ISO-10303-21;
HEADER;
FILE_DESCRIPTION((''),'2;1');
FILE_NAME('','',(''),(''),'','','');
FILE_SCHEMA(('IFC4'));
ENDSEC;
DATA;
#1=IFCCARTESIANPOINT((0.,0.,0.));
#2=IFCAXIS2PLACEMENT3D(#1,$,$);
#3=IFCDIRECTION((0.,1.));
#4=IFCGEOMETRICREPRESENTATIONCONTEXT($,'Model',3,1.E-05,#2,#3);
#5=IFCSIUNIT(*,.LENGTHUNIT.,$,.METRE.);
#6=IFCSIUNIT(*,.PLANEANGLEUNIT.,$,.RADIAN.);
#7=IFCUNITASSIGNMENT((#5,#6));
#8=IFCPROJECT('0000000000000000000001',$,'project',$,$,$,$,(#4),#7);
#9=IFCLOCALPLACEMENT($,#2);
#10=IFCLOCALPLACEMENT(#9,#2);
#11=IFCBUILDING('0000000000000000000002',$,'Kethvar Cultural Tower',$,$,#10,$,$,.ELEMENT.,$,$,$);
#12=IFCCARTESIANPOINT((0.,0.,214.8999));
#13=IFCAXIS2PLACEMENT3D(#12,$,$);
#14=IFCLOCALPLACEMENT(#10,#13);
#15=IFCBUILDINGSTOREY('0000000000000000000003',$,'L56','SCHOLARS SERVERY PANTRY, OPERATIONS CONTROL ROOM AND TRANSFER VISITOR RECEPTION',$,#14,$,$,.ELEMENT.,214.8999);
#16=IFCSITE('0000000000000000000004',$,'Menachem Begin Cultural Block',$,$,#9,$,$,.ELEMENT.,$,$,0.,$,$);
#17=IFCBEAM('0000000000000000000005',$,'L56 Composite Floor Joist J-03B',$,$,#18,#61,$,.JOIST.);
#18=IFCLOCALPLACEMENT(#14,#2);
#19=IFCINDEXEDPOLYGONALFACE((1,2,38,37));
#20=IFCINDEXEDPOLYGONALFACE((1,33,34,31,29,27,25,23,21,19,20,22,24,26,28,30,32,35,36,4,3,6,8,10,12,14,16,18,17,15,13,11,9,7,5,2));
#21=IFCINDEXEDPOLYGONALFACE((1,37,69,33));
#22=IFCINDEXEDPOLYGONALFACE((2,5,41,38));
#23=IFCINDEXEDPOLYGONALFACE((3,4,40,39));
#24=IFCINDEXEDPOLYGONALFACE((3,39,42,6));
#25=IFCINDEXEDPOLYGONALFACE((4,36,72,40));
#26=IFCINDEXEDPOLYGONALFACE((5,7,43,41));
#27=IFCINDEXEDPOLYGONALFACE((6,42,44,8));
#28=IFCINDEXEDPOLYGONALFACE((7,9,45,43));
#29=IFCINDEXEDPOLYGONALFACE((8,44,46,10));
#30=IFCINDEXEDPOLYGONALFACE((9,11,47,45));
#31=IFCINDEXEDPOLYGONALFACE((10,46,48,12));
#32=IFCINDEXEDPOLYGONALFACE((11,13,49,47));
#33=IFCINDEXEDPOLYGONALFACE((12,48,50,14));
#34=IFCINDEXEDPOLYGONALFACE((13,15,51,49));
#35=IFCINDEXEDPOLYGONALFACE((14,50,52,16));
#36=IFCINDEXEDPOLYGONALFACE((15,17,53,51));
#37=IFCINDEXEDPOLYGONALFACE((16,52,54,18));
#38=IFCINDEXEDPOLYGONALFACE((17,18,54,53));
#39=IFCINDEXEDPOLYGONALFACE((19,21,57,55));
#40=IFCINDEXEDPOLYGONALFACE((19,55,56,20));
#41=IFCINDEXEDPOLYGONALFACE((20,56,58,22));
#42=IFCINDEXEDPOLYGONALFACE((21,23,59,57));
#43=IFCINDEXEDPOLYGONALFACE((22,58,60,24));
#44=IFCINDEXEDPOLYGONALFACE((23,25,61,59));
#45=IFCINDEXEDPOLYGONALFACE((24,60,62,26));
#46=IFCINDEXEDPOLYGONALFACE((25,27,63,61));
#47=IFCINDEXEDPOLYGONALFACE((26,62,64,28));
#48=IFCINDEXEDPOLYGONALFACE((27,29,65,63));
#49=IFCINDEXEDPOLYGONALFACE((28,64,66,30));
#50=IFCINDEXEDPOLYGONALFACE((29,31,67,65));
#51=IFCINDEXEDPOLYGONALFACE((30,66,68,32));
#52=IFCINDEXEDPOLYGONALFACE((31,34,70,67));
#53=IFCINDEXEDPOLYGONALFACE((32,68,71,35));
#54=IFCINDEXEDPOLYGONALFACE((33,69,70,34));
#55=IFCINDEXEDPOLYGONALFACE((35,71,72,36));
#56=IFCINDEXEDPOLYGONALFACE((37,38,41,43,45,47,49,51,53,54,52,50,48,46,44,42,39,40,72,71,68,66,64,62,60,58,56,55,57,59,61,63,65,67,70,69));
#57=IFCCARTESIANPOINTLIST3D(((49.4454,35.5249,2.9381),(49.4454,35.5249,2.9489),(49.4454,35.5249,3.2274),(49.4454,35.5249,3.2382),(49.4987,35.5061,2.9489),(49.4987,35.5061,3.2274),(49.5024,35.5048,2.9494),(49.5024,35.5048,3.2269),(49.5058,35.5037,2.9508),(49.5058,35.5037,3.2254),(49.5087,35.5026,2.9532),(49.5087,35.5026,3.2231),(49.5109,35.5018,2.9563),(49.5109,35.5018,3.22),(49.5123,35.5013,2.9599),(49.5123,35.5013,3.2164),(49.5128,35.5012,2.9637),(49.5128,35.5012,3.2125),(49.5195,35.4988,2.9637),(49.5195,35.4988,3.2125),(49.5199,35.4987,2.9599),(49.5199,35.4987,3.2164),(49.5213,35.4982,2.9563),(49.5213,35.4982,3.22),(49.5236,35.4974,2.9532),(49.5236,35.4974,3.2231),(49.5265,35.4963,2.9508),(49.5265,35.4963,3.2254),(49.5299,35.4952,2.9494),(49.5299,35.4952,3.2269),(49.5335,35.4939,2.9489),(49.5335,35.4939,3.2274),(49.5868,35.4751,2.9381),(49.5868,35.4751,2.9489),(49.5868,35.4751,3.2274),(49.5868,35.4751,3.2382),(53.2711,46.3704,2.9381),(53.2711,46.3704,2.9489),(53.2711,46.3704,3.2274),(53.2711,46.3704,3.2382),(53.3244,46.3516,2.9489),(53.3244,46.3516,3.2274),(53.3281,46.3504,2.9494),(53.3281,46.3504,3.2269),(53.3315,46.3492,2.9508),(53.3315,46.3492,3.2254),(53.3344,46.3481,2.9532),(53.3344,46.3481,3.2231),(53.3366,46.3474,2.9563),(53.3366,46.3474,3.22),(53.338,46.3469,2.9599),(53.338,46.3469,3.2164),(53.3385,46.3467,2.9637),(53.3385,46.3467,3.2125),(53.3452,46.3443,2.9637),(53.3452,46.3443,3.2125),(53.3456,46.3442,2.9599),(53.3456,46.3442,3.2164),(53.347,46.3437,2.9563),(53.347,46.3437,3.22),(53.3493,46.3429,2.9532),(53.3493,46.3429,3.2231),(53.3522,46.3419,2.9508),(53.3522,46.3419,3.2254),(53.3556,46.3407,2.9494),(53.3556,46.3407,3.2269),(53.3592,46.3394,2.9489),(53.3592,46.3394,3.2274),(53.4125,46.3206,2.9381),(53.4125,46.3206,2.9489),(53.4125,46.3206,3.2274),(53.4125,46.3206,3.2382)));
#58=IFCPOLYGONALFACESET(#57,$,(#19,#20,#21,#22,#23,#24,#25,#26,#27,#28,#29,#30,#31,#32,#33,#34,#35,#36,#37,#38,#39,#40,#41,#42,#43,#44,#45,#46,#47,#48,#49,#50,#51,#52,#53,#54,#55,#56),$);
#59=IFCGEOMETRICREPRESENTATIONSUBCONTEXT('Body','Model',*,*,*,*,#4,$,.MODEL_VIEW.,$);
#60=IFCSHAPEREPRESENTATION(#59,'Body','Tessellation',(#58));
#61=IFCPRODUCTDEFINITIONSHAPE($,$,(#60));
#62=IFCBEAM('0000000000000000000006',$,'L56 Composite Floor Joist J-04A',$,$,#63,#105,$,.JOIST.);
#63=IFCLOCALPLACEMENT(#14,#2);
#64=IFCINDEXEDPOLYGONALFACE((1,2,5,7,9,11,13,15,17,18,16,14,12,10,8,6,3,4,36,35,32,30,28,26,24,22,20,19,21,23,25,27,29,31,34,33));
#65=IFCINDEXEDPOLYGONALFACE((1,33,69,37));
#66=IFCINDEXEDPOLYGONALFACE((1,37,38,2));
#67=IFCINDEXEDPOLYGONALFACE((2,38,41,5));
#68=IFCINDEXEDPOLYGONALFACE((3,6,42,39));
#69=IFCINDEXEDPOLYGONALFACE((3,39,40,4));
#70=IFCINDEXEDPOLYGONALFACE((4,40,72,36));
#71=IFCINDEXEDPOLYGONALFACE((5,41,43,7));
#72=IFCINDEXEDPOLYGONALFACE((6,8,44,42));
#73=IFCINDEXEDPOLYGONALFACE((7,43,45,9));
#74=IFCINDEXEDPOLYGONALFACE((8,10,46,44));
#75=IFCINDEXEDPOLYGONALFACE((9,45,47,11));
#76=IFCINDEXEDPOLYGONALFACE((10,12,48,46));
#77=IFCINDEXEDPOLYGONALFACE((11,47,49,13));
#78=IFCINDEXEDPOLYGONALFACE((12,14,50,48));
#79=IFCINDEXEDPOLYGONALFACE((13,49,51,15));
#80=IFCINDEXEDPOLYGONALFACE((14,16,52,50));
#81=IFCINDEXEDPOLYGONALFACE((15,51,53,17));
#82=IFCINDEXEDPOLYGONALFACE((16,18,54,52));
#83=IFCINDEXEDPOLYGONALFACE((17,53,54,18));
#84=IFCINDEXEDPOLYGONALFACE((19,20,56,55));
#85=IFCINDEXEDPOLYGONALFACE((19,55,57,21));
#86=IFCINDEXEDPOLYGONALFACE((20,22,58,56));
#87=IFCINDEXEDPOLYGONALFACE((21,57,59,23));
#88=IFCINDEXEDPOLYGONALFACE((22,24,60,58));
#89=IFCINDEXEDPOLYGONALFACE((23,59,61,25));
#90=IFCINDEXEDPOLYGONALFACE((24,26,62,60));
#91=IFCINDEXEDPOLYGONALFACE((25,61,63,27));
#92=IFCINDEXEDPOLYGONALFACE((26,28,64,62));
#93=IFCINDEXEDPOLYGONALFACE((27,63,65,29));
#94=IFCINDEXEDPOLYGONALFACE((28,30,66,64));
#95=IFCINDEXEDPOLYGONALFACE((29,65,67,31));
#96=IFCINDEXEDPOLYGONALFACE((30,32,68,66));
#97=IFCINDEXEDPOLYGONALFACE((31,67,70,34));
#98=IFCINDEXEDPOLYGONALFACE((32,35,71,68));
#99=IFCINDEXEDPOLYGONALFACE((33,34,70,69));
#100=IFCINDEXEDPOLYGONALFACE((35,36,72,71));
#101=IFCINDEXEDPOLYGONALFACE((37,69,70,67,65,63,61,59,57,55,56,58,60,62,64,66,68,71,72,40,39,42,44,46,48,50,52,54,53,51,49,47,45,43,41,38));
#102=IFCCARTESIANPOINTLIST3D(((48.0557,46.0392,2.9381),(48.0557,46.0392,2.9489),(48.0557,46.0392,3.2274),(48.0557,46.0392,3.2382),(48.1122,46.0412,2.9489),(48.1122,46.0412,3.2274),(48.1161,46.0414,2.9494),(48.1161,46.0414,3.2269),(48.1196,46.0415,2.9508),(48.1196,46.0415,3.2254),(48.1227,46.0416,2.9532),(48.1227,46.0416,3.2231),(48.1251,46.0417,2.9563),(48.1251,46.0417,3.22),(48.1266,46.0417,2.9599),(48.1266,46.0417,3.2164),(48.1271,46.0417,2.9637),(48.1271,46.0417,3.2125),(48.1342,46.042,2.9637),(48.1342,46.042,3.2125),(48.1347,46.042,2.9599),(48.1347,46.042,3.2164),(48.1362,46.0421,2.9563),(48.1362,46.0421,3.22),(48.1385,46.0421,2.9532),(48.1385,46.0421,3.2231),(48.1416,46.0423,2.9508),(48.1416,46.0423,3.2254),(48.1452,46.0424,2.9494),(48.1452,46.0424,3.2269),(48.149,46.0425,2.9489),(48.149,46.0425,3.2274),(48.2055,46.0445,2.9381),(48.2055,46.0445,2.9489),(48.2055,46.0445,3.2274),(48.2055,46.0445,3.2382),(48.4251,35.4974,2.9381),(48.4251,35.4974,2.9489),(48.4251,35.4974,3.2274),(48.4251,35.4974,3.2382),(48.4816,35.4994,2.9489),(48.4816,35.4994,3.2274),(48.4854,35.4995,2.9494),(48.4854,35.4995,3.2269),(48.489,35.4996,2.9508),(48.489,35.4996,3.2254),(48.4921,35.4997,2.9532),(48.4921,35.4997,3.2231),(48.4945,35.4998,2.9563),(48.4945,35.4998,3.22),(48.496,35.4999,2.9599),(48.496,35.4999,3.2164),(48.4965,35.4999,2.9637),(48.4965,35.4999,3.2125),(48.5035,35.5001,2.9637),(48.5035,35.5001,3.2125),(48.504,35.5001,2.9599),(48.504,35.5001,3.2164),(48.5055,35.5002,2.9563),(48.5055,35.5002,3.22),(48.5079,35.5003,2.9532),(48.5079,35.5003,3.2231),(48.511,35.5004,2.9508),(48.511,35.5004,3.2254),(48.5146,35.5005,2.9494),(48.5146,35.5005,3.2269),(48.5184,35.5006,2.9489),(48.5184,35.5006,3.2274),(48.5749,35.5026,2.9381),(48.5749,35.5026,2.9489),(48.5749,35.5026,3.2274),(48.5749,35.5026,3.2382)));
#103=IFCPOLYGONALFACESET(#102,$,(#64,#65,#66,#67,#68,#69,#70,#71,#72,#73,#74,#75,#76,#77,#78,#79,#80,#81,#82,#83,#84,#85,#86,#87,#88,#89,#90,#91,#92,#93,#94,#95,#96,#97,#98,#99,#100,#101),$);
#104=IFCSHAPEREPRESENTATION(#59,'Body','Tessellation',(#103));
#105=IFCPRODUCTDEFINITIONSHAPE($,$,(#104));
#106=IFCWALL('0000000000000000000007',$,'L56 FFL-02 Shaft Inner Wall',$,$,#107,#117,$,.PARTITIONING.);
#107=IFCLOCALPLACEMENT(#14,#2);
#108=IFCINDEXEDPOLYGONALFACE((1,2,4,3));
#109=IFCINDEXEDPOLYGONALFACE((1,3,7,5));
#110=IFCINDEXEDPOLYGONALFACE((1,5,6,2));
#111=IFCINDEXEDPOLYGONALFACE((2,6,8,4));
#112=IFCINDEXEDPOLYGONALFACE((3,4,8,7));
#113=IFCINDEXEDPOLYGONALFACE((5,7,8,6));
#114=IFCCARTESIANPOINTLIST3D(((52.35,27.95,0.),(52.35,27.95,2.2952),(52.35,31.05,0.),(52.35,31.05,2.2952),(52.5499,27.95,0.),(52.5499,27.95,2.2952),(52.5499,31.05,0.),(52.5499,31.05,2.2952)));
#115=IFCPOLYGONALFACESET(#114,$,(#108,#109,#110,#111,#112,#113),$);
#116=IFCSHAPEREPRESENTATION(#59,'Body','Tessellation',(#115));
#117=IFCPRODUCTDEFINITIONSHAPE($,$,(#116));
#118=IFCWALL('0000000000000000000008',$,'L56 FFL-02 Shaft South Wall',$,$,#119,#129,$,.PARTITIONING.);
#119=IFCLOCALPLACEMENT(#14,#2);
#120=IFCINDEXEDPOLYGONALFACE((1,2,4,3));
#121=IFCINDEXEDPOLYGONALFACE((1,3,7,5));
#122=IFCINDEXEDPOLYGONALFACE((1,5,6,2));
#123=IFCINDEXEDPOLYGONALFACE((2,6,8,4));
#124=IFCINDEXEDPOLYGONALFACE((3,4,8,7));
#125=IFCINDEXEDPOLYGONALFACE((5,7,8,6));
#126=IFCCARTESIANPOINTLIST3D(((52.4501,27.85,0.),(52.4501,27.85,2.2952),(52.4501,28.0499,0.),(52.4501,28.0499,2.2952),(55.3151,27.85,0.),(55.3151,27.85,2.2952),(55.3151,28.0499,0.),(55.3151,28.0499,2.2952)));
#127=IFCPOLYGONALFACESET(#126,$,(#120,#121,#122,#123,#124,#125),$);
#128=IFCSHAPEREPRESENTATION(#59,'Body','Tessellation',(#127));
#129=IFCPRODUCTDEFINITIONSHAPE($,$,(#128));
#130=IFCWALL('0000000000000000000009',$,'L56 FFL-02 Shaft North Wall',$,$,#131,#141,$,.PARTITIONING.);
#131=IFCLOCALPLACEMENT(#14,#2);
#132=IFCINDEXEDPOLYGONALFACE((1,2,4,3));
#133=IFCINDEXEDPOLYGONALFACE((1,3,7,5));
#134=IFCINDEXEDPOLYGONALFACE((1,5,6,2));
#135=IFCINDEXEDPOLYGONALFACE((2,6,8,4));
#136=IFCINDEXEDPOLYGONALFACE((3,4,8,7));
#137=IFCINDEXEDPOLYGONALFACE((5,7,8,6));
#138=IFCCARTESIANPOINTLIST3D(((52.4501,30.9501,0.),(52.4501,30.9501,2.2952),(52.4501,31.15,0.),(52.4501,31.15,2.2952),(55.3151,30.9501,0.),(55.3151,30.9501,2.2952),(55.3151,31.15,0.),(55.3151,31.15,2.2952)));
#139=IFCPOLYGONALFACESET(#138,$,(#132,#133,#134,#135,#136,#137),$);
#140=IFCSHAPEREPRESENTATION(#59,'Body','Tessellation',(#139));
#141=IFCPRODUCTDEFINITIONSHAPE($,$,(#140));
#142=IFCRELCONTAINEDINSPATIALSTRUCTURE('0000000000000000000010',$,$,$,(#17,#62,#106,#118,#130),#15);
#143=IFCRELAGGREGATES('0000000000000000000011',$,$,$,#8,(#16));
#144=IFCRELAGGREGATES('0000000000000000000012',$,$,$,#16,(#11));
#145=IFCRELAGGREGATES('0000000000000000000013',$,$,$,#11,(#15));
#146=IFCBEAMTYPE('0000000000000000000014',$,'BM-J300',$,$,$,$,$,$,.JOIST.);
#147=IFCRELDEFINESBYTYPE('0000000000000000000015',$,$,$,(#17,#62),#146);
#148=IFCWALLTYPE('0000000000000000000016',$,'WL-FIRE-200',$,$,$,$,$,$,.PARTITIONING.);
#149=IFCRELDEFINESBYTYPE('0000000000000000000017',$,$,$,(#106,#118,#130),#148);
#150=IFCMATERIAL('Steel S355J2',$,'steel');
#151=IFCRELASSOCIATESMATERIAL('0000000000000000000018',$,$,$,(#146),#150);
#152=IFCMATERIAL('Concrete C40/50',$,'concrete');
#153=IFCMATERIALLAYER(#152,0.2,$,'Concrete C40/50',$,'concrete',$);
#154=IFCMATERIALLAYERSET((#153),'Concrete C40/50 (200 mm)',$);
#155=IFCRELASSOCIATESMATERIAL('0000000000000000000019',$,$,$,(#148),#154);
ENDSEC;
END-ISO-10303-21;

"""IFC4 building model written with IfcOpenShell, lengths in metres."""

from ifc_helpers import new_model, si_unit, direction, frame, frame_2d, origin, origin_2d, place, context, subcontext, project, spatial, rectangle, i_section, extrude, source, transform, mapped, material, layer, layer_set, material_profile, profile_set, type_object, element, save


model = new_model("IFC4")

# Units and contexts
model_context = context("Model", 3, precision=1e-05, world=origin(), true_north=direction((0.0, 1.0)))
body_context = subcontext(model_context, "Body", "Model", "MODEL_VIEW")
ifc_project = project(units=[si_unit("LENGTHUNIT", "METRE"), si_unit("PLANEANGLEUNIT", "RADIAN")], contexts=[model_context])

# Site, building, storey
site_placement = place(None, origin())
site = spatial("IfcSite", under=ifc_project, at=site_placement, Name="Menachem Begin Cultural Block", CompositionType="ELEMENT", RefElevation=0.0)
building_placement = place(site_placement, origin())
building = spatial("IfcBuilding", under=site, at=building_placement, Name="Kethvar Cultural Tower", CompositionType="ELEMENT")
storey_placement = place(building_placement, frame((0.0, 0.0, 214.8999)))
storey = spatial("IfcBuildingStorey", under=building, at=storey_placement, Name="L56", Description="SCHOLARS SERVERY PANTRY, OPERATIONS CONTROL ROOM AND TRANSFER VISITOR RECEPTION", CompositionType="ELEMENT", Elevation=214.8999)

# Beams
ifc_material_1 = material(Name="Steel S355J2", Category="steel")
ifc_material_profile_1 = material_profile(ifc_material_1, i_section(OverallWidth=0.1499, OverallDepth=0.3, WebThickness=0.0071, FlangeThickness=0.0107, FilletRadius=0.0149, at=origin_2d()), Name="Steel S355J2 — IPE300")
ifc_profile_set_1 = profile_set([ifc_material_profile_1], Name="Steel S355J2 — IPE300")
beam_type_1 = type_object("IfcBeamType", Name="BM-J300", PredefinedType="JOIST", material=ifc_profile_set_1)
shared_shape_1 = source(origin(), body_context, "Body", "SweptSolid", [
    extrude(i_section(OverallWidth=0.1499, OverallDepth=0.3, WebThickness=0.0071, FlangeThickness=0.0107, FilletRadius=0.0149, at=origin_2d()), origin(), (0.0, 0.0, 1.0), 11.5005),
])
beam_1_placement = place(storey_placement, frame((49.5161, 35.5, 3.0881), z_axis=(0.332656, 0.943048, 0.0), x_axis=(-0.943048, 0.332656, 0.0)))
element("IfcBeam", 1, at=beam_1_placement, inside=storey, type_object=beam_type_1, Name="L56 Composite Floor Joist J-03B", PredefinedType="JOIST", context=body_context, shape_type="MappedRepresentation", body=[
    mapped(shared_shape_1, transform((0.0, 0.0, 0.0), scale=1.0)),
])
shared_shape_2 = source(origin(), body_context, "Body", "SweptSolid", [
    extrude(i_section(OverallWidth=0.1499, OverallDepth=0.3, WebThickness=0.0071, FlangeThickness=0.0107, FilletRadius=0.0149, at=origin_2d()), origin(), (0.0, 0.0, 1.0), 10.5483),
])
beam_2_placement = place(storey_placement, frame((48.5, 35.5, 3.0881), z_axis=(-0.035018, 0.999387, 0.0), x_axis=(-0.999387, -0.035018, 0.0)))
element("IfcBeam", 2, at=beam_2_placement, inside=storey, type_object=beam_type_1, Name="L56 Composite Floor Joist J-04A", PredefinedType="JOIST", context=body_context, shape_type="MappedRepresentation", body=[
    mapped(shared_shape_2, transform((0.0, 0.0, 0.0), scale=1.0)),
])

# Walls
ifc_material_2 = material(Name="Concrete C40/50", Category="concrete")
ifc_layer_1 = layer(ifc_material_2, 0.2, Name="Concrete C40/50", Category="concrete")
ifc_layer_set_1 = layer_set([ifc_layer_1], Name="Concrete C40/50 (200 mm)")
wall_type_1 = type_object("IfcWallType", Name="WL-FIRE-200", PredefinedType="PARTITIONING", material=ifc_layer_set_1)
wall_1_placement = place(storey_placement, frame((52.45, 27.95, 0.0), z_axis=(0.0, 0.0, 1.0), x_axis=(0.0, 1.0, 0.0)))
element("IfcWall", 3, at=wall_1_placement, inside=storey, type_object=wall_type_1, Name="L56 FFL-02 Shaft Inner Wall", PredefinedType="PARTITIONING", context=body_context, shape_type="SweptSolid", body=[
    extrude(rectangle(XDim=3.1001, YDim=0.2, at=frame_2d((1.55, 0.0))), origin(), (0.0, 0.0, 1.0), 2.2952),
])
for number, where, z_axis, x_axis, name in (
    (4, (52.45, 27.95, 0.0), (0.0, 0.0, 1.0), (1.0, 0.0, 0.0), "L56 FFL-02 Shaft South Wall"),
    (5, (52.45, 31.05, 0.0), (0.0, 0.0, 1.0), (1.0, 0.0, 0.0), "L56 FFL-02 Shaft North Wall"),
):
    element("IfcWall", number, at=place(storey_placement, frame(where, z_axis=z_axis, x_axis=x_axis)), inside=storey, type_object=wall_type_1, Name=name, PredefinedType="PARTITIONING", context=body_context, shape_type="SweptSolid", body=[
        extrude(rectangle(XDim=2.865, YDim=0.2, at=frame_2d((1.4326, 0.0))), origin(), (0.0, 0.0, 1.0), 2.2952),
    ])

save(model, "model.ifc")
